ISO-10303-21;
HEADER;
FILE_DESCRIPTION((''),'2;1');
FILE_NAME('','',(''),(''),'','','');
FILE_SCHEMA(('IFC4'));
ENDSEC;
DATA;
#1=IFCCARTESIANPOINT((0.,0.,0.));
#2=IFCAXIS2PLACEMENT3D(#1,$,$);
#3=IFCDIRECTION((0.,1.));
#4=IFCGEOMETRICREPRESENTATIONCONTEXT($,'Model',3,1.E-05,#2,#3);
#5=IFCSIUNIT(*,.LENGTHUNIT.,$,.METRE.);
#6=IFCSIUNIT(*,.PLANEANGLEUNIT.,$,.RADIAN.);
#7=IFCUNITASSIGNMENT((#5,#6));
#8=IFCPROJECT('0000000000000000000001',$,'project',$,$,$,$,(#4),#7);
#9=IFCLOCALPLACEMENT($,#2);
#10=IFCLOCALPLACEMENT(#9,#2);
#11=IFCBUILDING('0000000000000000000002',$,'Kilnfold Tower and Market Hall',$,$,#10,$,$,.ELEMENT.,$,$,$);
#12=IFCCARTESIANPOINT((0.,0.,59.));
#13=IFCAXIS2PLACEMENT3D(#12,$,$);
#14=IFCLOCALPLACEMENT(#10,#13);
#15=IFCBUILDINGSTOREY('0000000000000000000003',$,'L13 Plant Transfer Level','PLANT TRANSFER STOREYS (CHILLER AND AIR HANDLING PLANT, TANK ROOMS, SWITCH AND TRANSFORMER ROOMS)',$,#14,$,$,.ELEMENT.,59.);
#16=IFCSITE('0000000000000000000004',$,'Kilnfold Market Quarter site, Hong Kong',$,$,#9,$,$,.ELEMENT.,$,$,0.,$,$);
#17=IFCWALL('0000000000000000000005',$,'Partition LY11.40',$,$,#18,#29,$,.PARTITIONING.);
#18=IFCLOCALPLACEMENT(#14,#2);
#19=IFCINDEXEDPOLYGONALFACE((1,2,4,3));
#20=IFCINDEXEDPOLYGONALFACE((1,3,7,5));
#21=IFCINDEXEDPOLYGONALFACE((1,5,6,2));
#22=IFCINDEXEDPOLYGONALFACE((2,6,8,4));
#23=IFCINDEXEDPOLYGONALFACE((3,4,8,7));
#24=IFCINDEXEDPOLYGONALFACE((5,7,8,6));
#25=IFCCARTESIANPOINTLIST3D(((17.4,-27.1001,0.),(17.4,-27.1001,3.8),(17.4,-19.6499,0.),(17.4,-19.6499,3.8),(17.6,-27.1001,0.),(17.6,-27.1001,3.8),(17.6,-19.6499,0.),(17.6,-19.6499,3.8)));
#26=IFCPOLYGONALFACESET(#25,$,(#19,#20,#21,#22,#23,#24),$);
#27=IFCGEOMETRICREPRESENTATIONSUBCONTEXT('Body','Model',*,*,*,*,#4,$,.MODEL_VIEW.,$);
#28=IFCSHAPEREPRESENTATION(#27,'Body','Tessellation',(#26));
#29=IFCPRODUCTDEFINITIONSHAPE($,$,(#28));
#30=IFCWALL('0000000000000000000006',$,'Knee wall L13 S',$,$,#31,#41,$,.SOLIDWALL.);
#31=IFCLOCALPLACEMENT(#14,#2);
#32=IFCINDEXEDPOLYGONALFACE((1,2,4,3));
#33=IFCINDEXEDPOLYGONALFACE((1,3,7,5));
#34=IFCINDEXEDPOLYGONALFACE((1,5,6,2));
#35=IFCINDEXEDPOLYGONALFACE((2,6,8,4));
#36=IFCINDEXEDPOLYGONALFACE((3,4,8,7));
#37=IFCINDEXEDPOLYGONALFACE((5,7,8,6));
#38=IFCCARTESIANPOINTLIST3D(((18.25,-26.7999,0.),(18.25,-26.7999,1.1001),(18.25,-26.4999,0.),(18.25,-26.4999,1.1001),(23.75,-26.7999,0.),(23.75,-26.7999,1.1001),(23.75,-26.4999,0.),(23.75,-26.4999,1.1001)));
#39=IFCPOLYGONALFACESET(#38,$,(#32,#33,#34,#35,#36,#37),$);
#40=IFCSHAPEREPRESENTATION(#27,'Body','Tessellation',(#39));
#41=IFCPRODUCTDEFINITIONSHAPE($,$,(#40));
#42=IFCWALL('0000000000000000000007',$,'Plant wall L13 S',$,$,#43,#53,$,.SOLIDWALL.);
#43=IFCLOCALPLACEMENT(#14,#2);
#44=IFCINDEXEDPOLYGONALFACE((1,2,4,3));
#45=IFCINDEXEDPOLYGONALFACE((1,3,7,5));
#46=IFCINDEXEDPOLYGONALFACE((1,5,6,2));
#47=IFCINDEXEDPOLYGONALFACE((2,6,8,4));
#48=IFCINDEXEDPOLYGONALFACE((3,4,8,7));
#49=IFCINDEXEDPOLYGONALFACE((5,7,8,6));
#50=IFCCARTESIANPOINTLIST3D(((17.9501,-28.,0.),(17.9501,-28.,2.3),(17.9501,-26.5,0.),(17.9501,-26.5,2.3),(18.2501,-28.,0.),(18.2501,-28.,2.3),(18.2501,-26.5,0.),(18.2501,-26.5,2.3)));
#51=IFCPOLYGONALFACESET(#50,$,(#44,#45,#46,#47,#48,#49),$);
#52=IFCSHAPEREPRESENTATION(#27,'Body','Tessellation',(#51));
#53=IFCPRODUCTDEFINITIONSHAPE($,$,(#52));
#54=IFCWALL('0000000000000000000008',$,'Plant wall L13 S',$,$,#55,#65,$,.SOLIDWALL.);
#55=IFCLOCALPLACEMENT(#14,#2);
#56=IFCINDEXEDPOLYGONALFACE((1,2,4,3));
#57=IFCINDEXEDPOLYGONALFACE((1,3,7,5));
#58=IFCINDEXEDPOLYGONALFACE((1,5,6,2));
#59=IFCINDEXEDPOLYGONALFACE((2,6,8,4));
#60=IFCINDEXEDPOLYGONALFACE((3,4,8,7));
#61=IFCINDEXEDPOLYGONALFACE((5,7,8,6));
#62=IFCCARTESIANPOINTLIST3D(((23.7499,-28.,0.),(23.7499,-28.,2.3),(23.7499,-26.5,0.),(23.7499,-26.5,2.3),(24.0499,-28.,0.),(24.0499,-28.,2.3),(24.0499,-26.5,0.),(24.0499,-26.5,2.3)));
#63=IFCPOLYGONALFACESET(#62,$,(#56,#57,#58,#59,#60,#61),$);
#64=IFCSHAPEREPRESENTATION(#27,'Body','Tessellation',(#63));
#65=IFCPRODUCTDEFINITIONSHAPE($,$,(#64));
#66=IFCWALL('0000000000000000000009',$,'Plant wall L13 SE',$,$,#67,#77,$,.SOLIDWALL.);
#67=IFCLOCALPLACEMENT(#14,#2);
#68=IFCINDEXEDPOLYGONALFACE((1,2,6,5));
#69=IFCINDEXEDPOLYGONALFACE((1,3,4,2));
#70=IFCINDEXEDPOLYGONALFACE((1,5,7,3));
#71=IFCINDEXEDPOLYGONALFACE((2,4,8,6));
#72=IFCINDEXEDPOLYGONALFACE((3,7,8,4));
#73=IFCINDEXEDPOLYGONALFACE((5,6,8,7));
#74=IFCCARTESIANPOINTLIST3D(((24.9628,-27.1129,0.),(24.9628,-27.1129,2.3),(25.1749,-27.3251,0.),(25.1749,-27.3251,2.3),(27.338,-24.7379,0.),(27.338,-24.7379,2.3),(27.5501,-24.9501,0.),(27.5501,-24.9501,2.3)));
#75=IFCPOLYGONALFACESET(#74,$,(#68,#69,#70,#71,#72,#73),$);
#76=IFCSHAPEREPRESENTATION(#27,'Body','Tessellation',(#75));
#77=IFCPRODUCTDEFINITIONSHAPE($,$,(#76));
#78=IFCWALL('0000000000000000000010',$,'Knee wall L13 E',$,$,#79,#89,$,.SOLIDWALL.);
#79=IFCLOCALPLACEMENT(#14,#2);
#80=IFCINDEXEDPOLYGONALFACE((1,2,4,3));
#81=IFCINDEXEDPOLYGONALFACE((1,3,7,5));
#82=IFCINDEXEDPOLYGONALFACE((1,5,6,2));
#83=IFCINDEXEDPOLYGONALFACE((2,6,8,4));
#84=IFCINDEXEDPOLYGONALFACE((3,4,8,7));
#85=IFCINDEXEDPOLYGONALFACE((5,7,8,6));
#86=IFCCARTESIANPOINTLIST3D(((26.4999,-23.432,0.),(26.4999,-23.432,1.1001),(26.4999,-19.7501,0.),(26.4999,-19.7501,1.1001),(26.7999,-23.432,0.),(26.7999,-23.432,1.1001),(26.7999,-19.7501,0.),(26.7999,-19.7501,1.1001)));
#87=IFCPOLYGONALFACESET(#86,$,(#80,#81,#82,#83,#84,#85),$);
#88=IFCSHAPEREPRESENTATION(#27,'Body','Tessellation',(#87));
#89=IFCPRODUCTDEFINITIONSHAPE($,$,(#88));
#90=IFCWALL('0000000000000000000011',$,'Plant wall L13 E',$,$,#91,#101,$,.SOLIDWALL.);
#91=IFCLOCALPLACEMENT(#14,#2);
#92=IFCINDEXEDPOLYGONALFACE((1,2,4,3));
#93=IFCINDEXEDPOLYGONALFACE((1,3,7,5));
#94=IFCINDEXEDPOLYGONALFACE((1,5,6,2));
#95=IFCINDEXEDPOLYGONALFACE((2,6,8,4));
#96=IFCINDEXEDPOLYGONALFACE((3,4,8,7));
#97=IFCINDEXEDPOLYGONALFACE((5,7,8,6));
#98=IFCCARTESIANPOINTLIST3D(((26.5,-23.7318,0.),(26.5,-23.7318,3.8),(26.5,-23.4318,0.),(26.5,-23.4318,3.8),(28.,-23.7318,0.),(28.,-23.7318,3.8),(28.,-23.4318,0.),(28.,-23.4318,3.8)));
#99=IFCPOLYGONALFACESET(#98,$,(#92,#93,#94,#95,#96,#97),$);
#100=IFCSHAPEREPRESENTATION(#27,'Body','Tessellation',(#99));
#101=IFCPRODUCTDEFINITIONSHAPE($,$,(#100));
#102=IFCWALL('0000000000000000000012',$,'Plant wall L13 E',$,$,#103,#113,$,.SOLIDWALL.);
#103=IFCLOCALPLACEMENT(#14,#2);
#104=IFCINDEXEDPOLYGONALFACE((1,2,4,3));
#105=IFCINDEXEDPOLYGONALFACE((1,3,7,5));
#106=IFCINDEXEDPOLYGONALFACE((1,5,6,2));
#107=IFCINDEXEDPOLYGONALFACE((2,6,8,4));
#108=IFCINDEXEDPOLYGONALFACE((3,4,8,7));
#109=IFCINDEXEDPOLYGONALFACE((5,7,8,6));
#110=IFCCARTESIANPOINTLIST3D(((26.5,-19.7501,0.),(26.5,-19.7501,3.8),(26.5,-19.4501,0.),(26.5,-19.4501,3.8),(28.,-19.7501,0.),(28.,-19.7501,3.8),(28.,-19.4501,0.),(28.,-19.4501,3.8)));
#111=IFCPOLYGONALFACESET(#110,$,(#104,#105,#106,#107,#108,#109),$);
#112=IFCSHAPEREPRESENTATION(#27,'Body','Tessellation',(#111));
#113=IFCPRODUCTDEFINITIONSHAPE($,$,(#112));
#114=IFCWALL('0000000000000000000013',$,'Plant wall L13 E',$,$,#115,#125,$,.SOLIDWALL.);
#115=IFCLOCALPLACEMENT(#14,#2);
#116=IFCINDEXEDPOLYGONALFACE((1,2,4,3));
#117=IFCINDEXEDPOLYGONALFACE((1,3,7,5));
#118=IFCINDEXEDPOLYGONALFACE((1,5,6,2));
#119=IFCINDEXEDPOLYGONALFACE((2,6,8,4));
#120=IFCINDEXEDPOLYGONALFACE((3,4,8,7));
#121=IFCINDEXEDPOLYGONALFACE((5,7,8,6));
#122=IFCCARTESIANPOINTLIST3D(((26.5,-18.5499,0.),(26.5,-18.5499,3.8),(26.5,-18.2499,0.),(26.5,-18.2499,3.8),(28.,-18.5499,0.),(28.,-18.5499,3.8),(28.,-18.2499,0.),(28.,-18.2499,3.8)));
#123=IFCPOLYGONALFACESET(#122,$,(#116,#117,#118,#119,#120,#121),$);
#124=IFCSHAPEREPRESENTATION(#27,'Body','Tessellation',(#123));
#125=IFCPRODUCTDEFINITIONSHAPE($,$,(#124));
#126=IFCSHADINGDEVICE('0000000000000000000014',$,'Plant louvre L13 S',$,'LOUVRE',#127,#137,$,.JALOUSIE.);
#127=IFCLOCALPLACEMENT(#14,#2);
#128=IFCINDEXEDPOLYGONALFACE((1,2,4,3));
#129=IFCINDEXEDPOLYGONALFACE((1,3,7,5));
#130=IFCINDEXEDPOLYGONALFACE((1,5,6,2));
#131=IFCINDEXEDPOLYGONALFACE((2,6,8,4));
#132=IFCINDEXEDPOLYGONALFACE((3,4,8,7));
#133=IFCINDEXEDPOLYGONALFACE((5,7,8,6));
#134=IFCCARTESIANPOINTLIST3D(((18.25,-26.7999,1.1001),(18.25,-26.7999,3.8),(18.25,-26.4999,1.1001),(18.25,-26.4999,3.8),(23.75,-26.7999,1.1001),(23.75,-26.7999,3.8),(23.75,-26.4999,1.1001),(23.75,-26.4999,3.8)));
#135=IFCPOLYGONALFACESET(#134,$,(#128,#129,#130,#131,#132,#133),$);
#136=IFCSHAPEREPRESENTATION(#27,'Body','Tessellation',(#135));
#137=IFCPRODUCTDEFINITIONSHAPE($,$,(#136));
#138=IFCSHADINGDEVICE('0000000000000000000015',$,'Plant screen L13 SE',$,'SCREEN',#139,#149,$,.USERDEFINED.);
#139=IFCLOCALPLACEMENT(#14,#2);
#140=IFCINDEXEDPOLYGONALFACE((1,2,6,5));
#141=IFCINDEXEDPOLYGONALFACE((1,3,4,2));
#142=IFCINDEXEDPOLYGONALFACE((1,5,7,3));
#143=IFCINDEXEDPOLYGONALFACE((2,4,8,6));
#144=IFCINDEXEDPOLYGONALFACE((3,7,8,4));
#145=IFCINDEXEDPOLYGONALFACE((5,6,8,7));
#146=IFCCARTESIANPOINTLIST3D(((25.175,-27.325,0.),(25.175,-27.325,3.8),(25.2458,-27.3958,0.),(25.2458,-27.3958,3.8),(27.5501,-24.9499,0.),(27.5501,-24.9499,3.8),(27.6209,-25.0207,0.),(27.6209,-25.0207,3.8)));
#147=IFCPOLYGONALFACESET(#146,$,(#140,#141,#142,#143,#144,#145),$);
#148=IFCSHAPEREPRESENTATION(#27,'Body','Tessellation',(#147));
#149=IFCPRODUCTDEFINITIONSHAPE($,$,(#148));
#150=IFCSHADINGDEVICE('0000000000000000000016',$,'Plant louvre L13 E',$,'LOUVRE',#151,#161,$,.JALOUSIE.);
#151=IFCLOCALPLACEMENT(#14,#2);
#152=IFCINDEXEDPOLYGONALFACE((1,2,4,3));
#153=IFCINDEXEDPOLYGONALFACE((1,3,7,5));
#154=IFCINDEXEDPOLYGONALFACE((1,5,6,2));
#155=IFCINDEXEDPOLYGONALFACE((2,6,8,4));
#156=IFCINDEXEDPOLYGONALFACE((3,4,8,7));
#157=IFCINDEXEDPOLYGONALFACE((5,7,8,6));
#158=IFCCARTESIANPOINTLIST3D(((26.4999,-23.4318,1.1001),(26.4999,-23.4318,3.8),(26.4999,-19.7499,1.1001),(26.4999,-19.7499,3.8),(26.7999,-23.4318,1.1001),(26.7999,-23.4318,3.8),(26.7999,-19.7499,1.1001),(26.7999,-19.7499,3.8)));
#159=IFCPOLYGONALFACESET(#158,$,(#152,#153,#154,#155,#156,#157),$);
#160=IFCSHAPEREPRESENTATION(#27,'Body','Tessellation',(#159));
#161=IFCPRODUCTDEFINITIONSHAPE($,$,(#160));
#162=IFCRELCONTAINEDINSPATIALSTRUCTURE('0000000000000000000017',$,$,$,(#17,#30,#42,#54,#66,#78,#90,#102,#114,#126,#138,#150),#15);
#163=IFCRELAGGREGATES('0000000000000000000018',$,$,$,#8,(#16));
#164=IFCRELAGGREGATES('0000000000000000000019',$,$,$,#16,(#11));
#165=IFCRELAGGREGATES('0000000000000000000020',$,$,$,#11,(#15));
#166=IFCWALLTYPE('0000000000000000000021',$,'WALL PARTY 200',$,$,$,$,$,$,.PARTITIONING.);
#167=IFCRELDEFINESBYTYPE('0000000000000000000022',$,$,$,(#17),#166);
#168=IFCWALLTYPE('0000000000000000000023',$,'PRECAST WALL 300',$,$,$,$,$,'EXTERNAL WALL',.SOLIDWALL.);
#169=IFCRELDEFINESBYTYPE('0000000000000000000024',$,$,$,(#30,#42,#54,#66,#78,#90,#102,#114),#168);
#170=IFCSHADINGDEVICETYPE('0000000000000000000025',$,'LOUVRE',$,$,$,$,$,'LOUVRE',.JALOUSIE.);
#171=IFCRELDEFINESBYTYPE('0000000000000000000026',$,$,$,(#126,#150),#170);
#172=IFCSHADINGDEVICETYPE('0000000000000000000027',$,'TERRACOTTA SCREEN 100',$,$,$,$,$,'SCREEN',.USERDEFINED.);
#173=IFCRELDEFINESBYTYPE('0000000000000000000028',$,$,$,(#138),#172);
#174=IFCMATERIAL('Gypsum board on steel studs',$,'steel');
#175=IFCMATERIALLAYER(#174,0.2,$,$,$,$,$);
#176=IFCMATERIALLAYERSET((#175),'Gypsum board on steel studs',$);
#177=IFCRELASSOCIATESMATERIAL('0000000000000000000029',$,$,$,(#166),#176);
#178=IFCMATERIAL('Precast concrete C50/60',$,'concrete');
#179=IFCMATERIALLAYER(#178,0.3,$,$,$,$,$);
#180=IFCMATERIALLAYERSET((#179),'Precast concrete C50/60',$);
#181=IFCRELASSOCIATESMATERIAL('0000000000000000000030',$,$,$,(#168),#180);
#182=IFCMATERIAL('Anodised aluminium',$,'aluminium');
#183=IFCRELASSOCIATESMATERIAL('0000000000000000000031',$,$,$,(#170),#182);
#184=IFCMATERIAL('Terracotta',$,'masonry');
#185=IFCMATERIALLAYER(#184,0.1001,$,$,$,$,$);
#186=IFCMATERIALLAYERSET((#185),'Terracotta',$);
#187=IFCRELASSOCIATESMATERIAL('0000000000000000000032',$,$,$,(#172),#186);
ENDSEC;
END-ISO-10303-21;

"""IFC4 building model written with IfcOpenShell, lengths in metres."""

from ifc_helpers import new_model, si_unit, direction, frame, frame_2d, origin, origin_2d, place, context, subcontext, project, spatial, rectangle, extrude, source, transform, mapped, material, layer, layer_set, type_object, element, save


model = new_model("IFC4")

# Units and contexts
model_context = context("Model", 3, precision=1e-05, world=origin(), true_north=direction((0.0, 1.0)))
body_context = subcontext(model_context, "Body", "Model", "MODEL_VIEW")
ifc_project = project(units=[si_unit("LENGTHUNIT", "METRE"), si_unit("PLANEANGLEUNIT", "RADIAN")], contexts=[model_context])

# Site, building, storey
site_placement = place(None, origin())
site = spatial("IfcSite", under=ifc_project, at=site_placement, Name="Kilnfold Market Quarter site, Hong Kong", CompositionType="ELEMENT", RefElevation=0.0)
building_placement = place(site_placement, origin())
building = spatial("IfcBuilding", under=site, at=building_placement, Name="Kilnfold Tower and Market Hall", CompositionType="ELEMENT")
storey_placement = place(building_placement, frame((0.0, 0.0, 59.0)))
storey = spatial("IfcBuildingStorey", under=building, at=storey_placement, Name="L13 Plant Transfer Level", Description="PLANT TRANSFER STOREYS (CHILLER AND AIR HANDLING PLANT, TANK ROOMS, SWITCH AND TRANSFORMER ROOMS)", CompositionType="ELEMENT", Elevation=59.0)

# Shared definitions
ifc_material_1 = material(Name="Gypsum board on steel studs", Category="steel")
ifc_layer_1 = layer(ifc_material_1, 0.2)
ifc_layer_set_1 = layer_set([ifc_layer_1], Name="Gypsum board on steel studs")
wall_type_1 = type_object("IfcWallType", Name="WALL PARTY 200", PredefinedType="PARTITIONING", material=ifc_layer_set_1)

# Walls
wall_1_placement = place(storey_placement, frame((17.5, -27.1001, 0.0), z_axis=(0.0, 0.0, 1.0), x_axis=(0.0, 1.0, 0.0)))
element("IfcWall", 1, at=wall_1_placement, inside=storey, type_object=wall_type_1, Name="Partition LY11.40", PredefinedType="PARTITIONING", context=body_context, shape_type="SweptSolid", body=[
    extrude(rectangle(XDim=7.4502, YDim=0.2, at=frame_2d((3.7251, 0.0))), origin(), (0.0, 0.0, 1.0), 3.8),
])
ifc_material_2 = material(Name="Precast concrete C50/60", Category="concrete")
ifc_layer_2 = layer(ifc_material_2, 0.3)
ifc_layer_set_2 = layer_set([ifc_layer_2], Name="Precast concrete C50/60")
wall_type_2 = type_object("IfcWallType", Name="PRECAST WALL 300", ElementType="EXTERNAL WALL", PredefinedType="SOLIDWALL", material=ifc_layer_set_2)
shared_shape_1 = source(origin(), body_context, "Body", "SweptSolid", [
    extrude(rectangle(XDim=5.5, YDim=0.3, at=frame_2d((2.75, 0.0))), origin(), (0.0, 0.0, 1.0), 1.1001),
])
wall_2_placement = place(storey_placement, frame((18.25, -26.6499, 0.0), z_axis=(0.0, 0.0, 1.0), x_axis=(1.0, 0.0, 0.0)))
element("IfcWall", 2, at=wall_2_placement, inside=storey, type_object=wall_type_2, Name="Knee wall L13 S", PredefinedType="SOLIDWALL", context=body_context, shape_type="MappedRepresentation", body=[
    mapped(shared_shape_1, transform((0.0, 0.0, 0.0))),
])
shared_shape_2 = source(origin(), body_context, "Body", "SweptSolid", [
    extrude(rectangle(XDim=1.5, YDim=0.3, at=frame_2d((0.75, 0.0))), origin(), (0.0, 0.0, 1.0), 2.3),
])
for number, where, z_axis, x_axis, name in (
    (3, (18.1001, -28.0, 0.0), (0.0, 0.0, 1.0), (0.0, 1.0, 0.0), "Plant wall L13 S"),
    (4, (23.8999, -28.0, 0.0), (0.0, 0.0, 1.0), (0.0, 1.0, 0.0), "Plant wall L13 S"),
):
    element("IfcWall", number, at=place(storey_placement, frame(where, z_axis=z_axis, x_axis=x_axis)), inside=storey, type_object=wall_type_2, Name=name, PredefinedType="SOLIDWALL", context=body_context, shape_type="MappedRepresentation", body=[
        mapped(shared_shape_2, transform((0.0, 0.0, 0.0))),
    ])
shared_shape_3 = source(origin(), body_context, "Body", "SweptSolid", [
    extrude(rectangle(XDim=3.3589, YDim=0.3, at=frame_2d((1.6794, 0.0))), origin(), (0.0, 0.0, 1.0), 2.3),
])
wall_3_placement = place(storey_placement, frame((25.0688, -27.219, 0.0), z_axis=(0.0, 0.0, 1.0), x_axis=(0.707143, 0.70707, 0.0)))
element("IfcWall", 5, at=wall_3_placement, inside=storey, type_object=wall_type_2, Name="Plant wall L13 SE", PredefinedType="SOLIDWALL", context=body_context, shape_type="MappedRepresentation", body=[
    mapped(shared_shape_3, transform((0.0, 0.0, 0.0))),
])
shared_shape_4 = source(origin(), body_context, "Body", "SweptSolid", [
    extrude(rectangle(XDim=3.6819, YDim=0.3, at=frame_2d((1.8408, 0.0))), origin(), (0.0, 0.0, 1.0), 1.1001),
])
wall_4_placement = place(storey_placement, frame((26.6499, -23.4319, 0.0), z_axis=(0.0, 0.0, 1.0), x_axis=(0.0, 1.0, 0.0)))
element("IfcWall", 6, at=wall_4_placement, inside=storey, type_object=wall_type_2, Name="Knee wall L13 E", PredefinedType="SOLIDWALL", context=body_context, shape_type="MappedRepresentation", body=[
    mapped(shared_shape_4, transform((0.0, 0.0, 0.0))),
])
shared_shape_5 = source(origin(), body_context, "Body", "SweptSolid", [
    extrude(rectangle(XDim=1.5, YDim=0.3, at=frame_2d((0.75, 0.0))), origin(), (0.0, 0.0, 1.0), 3.8),
])
for number, where, z_axis, x_axis, name in (
    (7, (28.0, -23.5818, 0.0), (0.0, 0.0, 1.0), (-1.0, 0.0, 0.0), "Plant wall L13 E"),
    (8, (28.0, -19.6001, 0.0), (0.0, 0.0, 1.0), (-1.0, 0.0, 0.0), "Plant wall L13 E"),
    (9, (28.0, -18.3999, 0.0), (0.0, 0.0, 1.0), (-1.0, 0.0, 0.0), "Plant wall L13 E"),
):
    element("IfcWall", number, at=place(storey_placement, frame(where, z_axis=z_axis, x_axis=x_axis)), inside=storey, type_object=wall_type_2, Name=name, PredefinedType="SOLIDWALL", context=body_context, shape_type="MappedRepresentation", body=[
        mapped(shared_shape_5, transform((0.0, 0.0, 0.0))),
    ])

# Shading devices
ifc_material_3 = material(Name="Anodised aluminium", Category="aluminium")
shading_device_type_1 = type_object("IfcShadingDeviceType", Name="LOUVRE", ElementType="LOUVRE", PredefinedType="JALOUSIE", material=ifc_material_3)
shared_shape_6 = source(origin(), body_context, "Body", "SweptSolid", [
    extrude(rectangle(XDim=5.5, YDim=0.3, at=origin_2d()), origin(), (0.0, 0.0, 1.0), 2.7),
])
shading_device_1_placement = place(storey_placement, frame((21.0, -26.6499, 1.1001), z_axis=(0.0, 0.0, 1.0), x_axis=(1.0, 0.0, 0.0)))
element("IfcShadingDevice", 10, at=shading_device_1_placement, inside=storey, type_object=shading_device_type_1, Name="Plant louvre L13 S", ObjectType="LOUVRE", PredefinedType="JALOUSIE", context=body_context, shape_type="MappedRepresentation", body=[
    mapped(shared_shape_6, transform((0.0, 0.0, 0.0))),
])
ifc_material_4 = material(Name="Terracotta", Category="masonry")
ifc_layer_3 = layer(ifc_material_4, 0.1001)
ifc_layer_set_3 = layer_set([ifc_layer_3], Name="Terracotta")
shading_device_type_2 = type_object("IfcShadingDeviceType", Name="TERRACOTTA SCREEN 100", ElementType="SCREEN", PredefinedType="USERDEFINED", material=ifc_layer_set_3)
shared_shape_7 = source(origin(), body_context, "Body", "SweptSolid", [
    extrude(rectangle(XDim=3.3589, YDim=0.1001, at=origin_2d()), origin(), (0.0, 0.0, 1.0), 3.8),
])
shading_device_2_placement = place(storey_placement, frame((26.3979, -26.1729, 0.0), z_axis=(0.0, 0.0, 1.0), x_axis=(0.707107, 0.707107, 0.0)))
element("IfcShadingDevice", 11, at=shading_device_2_placement, inside=storey, type_object=shading_device_type_2, Name="Plant screen L13 SE", ObjectType="SCREEN", PredefinedType="USERDEFINED", context=body_context, shape_type="MappedRepresentation", body=[
    mapped(shared_shape_7, transform((0.0, 0.0, 0.0))),
])
shared_shape_8 = source(origin(), body_context, "Body", "SweptSolid", [
    extrude(rectangle(XDim=3.6819, YDim=0.3, at=origin_2d()), origin(), (0.0, 0.0, 1.0), 2.7),
])
shading_device_3_placement = place(storey_placement, frame((26.6499, -21.5908, 1.1001), z_axis=(0.0, 0.0, 1.0), x_axis=(0.0, 1.0, 0.0)))
element("IfcShadingDevice", 12, at=shading_device_3_placement, inside=storey, type_object=shading_device_type_1, Name="Plant louvre L13 E", ObjectType="LOUVRE", PredefinedType="JALOUSIE", context=body_context, shape_type="MappedRepresentation", body=[
    mapped(shared_shape_8, transform((0.0, 0.0, 0.0))),
])

save(model, "model.ifc")
